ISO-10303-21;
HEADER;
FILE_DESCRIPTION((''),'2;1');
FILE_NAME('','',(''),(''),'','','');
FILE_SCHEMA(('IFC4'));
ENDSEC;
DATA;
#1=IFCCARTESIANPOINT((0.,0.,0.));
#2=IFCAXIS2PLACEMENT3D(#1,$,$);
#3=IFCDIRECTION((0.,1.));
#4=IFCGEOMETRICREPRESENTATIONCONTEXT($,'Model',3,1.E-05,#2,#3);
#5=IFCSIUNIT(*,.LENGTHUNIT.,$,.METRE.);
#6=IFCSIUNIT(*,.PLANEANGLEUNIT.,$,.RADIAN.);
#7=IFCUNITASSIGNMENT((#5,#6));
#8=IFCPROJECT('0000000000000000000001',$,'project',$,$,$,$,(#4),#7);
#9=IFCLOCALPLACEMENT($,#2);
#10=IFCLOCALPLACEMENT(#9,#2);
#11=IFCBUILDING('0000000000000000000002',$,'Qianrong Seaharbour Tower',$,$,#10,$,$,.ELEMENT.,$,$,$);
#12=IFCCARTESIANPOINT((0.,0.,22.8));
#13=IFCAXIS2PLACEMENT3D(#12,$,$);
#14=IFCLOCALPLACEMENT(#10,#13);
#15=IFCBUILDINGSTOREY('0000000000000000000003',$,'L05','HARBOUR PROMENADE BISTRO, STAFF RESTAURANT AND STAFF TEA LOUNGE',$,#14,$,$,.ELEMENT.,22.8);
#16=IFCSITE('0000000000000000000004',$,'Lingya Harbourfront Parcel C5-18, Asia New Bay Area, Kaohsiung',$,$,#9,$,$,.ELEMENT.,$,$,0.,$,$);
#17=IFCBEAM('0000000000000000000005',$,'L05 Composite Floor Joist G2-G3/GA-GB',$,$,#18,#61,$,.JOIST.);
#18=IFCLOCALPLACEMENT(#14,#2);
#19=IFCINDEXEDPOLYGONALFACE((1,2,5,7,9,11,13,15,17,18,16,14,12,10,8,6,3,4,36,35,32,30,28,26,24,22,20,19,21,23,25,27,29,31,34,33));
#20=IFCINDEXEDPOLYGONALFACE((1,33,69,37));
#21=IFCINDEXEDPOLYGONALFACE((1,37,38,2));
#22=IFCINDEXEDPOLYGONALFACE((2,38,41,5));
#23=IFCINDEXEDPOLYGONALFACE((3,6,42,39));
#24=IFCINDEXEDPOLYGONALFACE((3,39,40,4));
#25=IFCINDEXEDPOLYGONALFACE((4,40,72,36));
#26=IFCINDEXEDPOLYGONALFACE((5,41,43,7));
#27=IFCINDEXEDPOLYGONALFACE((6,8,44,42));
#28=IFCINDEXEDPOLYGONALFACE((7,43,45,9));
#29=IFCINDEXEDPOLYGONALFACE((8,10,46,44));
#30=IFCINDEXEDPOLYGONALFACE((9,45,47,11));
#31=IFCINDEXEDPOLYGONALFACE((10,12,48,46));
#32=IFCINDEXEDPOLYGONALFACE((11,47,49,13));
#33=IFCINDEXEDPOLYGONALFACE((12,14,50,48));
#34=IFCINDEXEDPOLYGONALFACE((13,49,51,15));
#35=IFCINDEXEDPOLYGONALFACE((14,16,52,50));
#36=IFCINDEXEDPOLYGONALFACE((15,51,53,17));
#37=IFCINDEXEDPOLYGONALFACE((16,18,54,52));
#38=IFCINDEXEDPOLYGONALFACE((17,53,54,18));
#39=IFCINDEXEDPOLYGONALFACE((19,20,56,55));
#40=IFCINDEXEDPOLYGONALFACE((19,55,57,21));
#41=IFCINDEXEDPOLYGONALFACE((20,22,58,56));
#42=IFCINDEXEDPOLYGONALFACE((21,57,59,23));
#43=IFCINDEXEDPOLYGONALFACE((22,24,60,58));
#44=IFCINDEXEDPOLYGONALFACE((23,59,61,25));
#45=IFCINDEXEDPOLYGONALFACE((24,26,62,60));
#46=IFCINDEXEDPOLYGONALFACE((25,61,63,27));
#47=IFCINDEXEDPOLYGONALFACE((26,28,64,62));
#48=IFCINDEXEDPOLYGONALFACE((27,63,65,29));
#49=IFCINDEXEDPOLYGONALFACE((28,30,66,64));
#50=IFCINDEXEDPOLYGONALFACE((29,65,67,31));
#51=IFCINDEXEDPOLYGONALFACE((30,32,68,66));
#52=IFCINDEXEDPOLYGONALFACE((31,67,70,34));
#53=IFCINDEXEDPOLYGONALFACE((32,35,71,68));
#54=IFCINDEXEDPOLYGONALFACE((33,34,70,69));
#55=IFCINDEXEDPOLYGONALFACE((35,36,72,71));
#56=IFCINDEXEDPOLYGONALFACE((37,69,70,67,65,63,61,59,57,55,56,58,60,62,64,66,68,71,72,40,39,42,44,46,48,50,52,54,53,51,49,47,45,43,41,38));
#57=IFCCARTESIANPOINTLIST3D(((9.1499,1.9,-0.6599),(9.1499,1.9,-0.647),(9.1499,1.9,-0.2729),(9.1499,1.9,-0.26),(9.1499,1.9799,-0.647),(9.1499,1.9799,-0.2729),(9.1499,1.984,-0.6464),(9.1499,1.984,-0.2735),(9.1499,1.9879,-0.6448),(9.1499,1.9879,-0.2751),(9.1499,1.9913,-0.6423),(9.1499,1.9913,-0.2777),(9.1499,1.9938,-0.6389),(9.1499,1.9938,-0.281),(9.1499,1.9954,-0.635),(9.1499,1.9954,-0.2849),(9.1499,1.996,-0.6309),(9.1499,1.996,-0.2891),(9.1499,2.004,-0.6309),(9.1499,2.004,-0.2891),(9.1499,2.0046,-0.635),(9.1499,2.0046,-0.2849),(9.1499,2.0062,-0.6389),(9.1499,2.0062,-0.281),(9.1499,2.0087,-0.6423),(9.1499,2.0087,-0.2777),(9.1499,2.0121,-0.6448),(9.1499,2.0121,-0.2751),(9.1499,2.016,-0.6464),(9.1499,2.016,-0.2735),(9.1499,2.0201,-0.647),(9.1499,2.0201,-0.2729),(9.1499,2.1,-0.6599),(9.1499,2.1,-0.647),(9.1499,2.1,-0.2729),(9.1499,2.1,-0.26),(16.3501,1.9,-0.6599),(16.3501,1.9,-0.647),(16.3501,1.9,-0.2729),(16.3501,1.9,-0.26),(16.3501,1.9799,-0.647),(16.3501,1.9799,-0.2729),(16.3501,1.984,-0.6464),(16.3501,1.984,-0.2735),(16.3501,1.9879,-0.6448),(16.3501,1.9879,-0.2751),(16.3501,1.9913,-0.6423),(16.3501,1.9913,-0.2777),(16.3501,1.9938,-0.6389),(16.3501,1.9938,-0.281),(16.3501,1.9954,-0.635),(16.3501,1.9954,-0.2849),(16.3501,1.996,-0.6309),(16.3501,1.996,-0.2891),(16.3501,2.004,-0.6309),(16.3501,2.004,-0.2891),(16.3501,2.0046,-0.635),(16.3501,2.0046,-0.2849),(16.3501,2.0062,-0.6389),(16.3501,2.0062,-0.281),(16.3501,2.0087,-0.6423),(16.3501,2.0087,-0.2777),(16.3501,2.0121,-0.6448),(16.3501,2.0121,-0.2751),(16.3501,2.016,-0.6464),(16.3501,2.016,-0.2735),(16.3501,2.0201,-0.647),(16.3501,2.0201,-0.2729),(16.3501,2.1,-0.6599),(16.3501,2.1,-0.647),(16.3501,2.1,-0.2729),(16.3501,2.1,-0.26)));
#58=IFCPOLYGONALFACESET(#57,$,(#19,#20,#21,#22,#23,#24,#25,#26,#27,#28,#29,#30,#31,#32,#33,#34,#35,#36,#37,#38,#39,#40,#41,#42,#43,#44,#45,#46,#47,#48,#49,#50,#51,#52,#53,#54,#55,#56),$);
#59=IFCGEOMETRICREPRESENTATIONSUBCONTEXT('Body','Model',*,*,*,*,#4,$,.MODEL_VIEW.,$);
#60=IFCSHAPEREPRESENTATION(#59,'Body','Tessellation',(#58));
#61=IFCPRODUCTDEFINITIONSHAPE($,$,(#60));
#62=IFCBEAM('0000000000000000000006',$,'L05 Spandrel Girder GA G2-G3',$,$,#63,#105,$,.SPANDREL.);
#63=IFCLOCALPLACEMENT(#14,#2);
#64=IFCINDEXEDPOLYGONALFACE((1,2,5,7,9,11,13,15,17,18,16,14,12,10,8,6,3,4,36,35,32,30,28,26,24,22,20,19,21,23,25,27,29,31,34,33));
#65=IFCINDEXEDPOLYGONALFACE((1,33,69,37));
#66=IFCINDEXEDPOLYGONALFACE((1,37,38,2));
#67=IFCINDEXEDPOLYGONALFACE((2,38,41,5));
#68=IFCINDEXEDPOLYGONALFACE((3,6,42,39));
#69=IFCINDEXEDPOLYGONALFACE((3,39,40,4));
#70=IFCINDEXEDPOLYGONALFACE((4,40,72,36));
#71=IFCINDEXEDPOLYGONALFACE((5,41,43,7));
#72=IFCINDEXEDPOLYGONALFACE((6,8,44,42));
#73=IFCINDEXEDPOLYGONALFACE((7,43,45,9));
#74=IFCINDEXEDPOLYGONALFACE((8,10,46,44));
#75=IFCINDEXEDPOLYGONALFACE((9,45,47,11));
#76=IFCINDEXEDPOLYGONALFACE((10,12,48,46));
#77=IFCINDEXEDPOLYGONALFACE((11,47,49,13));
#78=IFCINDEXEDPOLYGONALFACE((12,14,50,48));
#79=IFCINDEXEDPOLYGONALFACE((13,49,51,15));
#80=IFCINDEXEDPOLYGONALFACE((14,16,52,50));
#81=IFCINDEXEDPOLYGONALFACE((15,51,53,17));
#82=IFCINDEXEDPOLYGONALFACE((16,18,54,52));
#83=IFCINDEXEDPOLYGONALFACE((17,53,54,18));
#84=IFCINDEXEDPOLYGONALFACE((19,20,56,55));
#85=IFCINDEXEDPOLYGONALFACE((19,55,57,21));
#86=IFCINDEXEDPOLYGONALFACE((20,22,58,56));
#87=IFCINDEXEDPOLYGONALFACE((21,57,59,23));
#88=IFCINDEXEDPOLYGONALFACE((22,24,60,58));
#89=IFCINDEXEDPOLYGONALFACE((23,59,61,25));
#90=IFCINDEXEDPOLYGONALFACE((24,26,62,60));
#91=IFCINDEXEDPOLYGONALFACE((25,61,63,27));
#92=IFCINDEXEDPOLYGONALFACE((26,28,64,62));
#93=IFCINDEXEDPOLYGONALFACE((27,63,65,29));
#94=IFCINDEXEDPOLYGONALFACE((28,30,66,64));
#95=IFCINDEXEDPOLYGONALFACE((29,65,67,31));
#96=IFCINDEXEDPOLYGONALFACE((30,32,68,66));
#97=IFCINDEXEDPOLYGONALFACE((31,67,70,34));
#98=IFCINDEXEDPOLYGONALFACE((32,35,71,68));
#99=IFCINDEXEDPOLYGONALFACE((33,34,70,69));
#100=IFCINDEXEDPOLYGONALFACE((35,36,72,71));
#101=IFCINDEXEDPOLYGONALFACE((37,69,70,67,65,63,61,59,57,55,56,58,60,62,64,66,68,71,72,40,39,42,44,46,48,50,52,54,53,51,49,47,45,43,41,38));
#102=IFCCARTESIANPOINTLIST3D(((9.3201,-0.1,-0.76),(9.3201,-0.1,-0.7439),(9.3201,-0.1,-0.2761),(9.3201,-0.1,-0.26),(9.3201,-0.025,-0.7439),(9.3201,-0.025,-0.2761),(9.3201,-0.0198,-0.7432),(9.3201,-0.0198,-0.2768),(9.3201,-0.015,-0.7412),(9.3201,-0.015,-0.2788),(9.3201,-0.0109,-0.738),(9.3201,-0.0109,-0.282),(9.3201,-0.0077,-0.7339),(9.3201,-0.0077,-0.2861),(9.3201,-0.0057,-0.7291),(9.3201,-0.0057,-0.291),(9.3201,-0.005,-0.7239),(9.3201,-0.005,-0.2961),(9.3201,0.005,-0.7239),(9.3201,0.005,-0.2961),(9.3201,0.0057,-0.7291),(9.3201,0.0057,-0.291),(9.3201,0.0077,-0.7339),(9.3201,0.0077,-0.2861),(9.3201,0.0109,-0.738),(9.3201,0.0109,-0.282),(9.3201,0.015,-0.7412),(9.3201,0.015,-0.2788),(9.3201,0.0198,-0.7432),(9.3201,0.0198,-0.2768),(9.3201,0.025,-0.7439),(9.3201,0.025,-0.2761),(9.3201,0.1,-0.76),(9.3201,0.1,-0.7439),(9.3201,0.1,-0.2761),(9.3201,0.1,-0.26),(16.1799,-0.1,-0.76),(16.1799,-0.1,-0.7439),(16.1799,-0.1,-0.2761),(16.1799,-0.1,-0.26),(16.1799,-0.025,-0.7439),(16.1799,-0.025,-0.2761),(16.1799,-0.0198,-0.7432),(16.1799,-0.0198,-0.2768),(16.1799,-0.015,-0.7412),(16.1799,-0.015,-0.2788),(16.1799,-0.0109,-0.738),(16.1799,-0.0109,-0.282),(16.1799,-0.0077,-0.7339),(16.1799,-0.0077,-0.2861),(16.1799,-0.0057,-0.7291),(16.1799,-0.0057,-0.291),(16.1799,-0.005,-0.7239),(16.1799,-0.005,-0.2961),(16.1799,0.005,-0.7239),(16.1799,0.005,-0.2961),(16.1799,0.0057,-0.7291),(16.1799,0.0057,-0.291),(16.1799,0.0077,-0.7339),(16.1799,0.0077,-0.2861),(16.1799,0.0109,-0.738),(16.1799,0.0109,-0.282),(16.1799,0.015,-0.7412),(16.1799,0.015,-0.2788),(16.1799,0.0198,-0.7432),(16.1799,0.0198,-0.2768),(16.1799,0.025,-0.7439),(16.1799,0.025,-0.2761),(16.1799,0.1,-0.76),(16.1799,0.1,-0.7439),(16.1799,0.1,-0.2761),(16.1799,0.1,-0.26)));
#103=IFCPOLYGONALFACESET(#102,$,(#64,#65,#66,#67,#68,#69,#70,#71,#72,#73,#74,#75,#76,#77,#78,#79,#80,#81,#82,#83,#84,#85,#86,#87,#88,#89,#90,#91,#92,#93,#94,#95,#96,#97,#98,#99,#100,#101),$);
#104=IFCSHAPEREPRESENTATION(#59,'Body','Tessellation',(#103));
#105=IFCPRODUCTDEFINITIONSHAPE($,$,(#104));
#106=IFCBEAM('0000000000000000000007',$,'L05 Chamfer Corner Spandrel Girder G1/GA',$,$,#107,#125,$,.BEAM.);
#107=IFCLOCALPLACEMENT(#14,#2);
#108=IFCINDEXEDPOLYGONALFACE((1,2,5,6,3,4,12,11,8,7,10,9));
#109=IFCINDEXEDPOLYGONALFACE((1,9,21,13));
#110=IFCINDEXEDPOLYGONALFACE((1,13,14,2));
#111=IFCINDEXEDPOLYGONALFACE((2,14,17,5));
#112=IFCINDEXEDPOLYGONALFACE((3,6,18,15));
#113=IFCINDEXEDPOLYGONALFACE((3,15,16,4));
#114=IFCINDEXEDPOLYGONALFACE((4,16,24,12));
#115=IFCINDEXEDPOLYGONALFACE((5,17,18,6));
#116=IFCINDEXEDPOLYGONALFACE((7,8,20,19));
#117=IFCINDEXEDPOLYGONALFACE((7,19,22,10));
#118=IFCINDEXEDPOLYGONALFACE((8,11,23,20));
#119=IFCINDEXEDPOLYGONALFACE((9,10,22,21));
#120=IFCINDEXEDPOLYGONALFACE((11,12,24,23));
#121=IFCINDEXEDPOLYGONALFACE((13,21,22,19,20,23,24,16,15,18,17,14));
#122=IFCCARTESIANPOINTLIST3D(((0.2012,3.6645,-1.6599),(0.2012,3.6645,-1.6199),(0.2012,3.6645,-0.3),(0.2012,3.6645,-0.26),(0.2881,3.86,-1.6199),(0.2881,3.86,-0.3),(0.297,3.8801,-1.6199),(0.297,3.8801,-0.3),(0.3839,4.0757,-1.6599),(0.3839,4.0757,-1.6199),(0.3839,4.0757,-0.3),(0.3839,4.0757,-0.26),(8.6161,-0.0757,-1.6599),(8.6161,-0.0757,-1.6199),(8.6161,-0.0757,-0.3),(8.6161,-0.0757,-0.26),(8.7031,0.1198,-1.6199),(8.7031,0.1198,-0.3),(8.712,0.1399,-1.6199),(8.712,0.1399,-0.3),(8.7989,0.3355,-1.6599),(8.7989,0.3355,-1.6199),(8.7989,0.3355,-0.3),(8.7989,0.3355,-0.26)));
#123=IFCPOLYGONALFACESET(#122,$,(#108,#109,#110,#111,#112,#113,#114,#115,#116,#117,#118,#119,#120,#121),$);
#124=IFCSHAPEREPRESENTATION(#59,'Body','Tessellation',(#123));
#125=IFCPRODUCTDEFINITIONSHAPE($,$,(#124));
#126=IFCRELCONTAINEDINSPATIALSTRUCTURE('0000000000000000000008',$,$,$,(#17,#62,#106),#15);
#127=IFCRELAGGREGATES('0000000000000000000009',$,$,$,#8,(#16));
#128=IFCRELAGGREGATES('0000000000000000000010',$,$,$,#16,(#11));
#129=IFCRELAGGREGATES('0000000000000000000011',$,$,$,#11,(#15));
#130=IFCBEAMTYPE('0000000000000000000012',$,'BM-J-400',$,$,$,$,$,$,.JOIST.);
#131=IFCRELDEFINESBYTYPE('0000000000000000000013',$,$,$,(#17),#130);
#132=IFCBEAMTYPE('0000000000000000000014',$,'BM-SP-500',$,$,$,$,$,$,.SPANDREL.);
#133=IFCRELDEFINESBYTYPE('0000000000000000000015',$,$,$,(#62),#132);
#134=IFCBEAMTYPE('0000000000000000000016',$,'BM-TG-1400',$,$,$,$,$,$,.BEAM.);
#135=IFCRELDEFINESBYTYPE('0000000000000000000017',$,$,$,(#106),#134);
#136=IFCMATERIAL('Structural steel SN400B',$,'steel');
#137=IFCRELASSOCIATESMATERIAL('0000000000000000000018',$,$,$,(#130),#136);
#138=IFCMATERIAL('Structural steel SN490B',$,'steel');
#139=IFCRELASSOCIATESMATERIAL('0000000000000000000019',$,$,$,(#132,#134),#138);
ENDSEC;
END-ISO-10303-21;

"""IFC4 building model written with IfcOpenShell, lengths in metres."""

from ifc_helpers import new_model, si_unit, direction, frame, origin, origin_2d, place, context, subcontext, project, spatial, i_section, extrude, material, material_profile, profile_set, type_object, element, save


model = new_model("IFC4")

# Units and contexts
model_context = context("Model", 3, precision=1e-05, world=origin(), true_north=direction((0.0, 1.0)))
body_context = subcontext(model_context, "Body", "Model", "MODEL_VIEW")
ifc_project = project(units=[si_unit("LENGTHUNIT", "METRE"), si_unit("PLANEANGLEUNIT", "RADIAN")], contexts=[model_context])

# Site, building, storey
site_placement = place(None, origin())
site = spatial("IfcSite", under=ifc_project, at=site_placement, Name="Lingya Harbourfront Parcel C5-18, Asia New Bay Area, Kaohsiung", CompositionType="ELEMENT", RefElevation=0.0)
building_placement = place(site_placement, origin())
building = spatial("IfcBuilding", under=site, at=building_placement, Name="Qianrong Seaharbour Tower", CompositionType="ELEMENT")
storey_placement = place(building_placement, frame((0.0, 0.0, 22.8)))
storey = spatial("IfcBuildingStorey", under=building, at=storey_placement, Name="L05", Description="HARBOUR PROMENADE BISTRO, STAFF RESTAURANT AND STAFF TEA LOUNGE", CompositionType="ELEMENT", Elevation=22.8)

# Shared definitions
ifc_material_1 = material(Name="Structural steel SN490B", Category="steel")

# Beams
ifc_material_2 = material(Name="Structural steel SN400B", Category="steel")
ifc_material_profile_1 = material_profile(ifc_material_2, i_section(OverallWidth=0.2, OverallDepth=0.3999, WebThickness=0.0081, FlangeThickness=0.0129, FilletRadius=0.0161, at=origin_2d()), Name="H400x200x8x13")
ifc_profile_set_1 = profile_set([ifc_material_profile_1], Name="Structural steel SN400B")
beam_type_1 = type_object("IfcBeamType", Name="BM-J-400", PredefinedType="JOIST", material=ifc_profile_set_1)
beam_1_placement = place(storey_placement, frame((9.1499, 2.0, -0.46), z_axis=(1.0, 0.0, 0.0), x_axis=(0.0, 1.0, 0.0)))
element("IfcBeam", 1, at=beam_1_placement, inside=storey, type_object=beam_type_1, Name="L05 Composite Floor Joist G2-G3/GA-GB", PredefinedType="JOIST", context=body_context, shape_type="SweptSolid", body=[
    extrude(i_section(OverallWidth=0.2, OverallDepth=0.3999, WebThickness=0.0081, FlangeThickness=0.0129, FilletRadius=0.0161, at=origin_2d()), origin(), (0.0, 0.0, 1.0), 7.2002),
])
ifc_material_profile_2 = material_profile(ifc_material_1, i_section(OverallWidth=0.2, OverallDepth=0.5, WebThickness=0.01, FlangeThickness=0.0161, FilletRadius=0.02, at=origin_2d()), Name="H500x200x10x16")
ifc_profile_set_2 = profile_set([ifc_material_profile_2], Name="Structural steel SN490B")
beam_type_2 = type_object("IfcBeamType", Name="BM-SP-500", PredefinedType="SPANDREL", material=ifc_profile_set_2)
beam_2_placement = place(storey_placement, frame((9.3201, 0.0, -0.51), z_axis=(1.0, 0.0, 0.0), x_axis=(0.0, 1.0, 0.0)))
element("IfcBeam", 2, at=beam_2_placement, inside=storey, type_object=beam_type_2, Name="L05 Spandrel Girder GA G2-G3", PredefinedType="SPANDREL", context=body_context, shape_type="SweptSolid", body=[
    extrude(i_section(OverallWidth=0.2, OverallDepth=0.5, WebThickness=0.01, FlangeThickness=0.0161, FilletRadius=0.02, at=origin_2d()), origin(), (0.0, 0.0, 1.0), 6.8599),
])
ifc_material_profile_3 = material_profile(ifc_material_1, i_section(OverallWidth=0.45, OverallDepth=1.3999, WebThickness=0.022, FlangeThickness=0.04, at=origin_2d()), Name="BH1400x450x22x40")
ifc_profile_set_3 = profile_set([ifc_material_profile_3], Name="Structural steel SN490B")
beam_type_3 = type_object("IfcBeamType", Name="BM-TG-1400", PredefinedType="BEAM", material=ifc_profile_set_3)
beam_3_placement = place(storey_placement, frame((8.7075, 0.1299, -0.96), z_axis=(-0.913803, 0.406158, 0.0), x_axis=(-0.406158, -0.913803, 0.0)))
element("IfcBeam", 3, at=beam_3_placement, inside=storey, type_object=beam_type_3, Name="L05 Chamfer Corner Spandrel Girder G1/GA", PredefinedType="BEAM", context=body_context, shape_type="SweptSolid", body=[
    extrude(i_section(OverallWidth=0.45, OverallDepth=1.3999, WebThickness=0.022, FlangeThickness=0.04, at=origin_2d()), origin(), (0.0, 0.0, 1.0), 9.2087),
])

save(model, "model.ifc")
